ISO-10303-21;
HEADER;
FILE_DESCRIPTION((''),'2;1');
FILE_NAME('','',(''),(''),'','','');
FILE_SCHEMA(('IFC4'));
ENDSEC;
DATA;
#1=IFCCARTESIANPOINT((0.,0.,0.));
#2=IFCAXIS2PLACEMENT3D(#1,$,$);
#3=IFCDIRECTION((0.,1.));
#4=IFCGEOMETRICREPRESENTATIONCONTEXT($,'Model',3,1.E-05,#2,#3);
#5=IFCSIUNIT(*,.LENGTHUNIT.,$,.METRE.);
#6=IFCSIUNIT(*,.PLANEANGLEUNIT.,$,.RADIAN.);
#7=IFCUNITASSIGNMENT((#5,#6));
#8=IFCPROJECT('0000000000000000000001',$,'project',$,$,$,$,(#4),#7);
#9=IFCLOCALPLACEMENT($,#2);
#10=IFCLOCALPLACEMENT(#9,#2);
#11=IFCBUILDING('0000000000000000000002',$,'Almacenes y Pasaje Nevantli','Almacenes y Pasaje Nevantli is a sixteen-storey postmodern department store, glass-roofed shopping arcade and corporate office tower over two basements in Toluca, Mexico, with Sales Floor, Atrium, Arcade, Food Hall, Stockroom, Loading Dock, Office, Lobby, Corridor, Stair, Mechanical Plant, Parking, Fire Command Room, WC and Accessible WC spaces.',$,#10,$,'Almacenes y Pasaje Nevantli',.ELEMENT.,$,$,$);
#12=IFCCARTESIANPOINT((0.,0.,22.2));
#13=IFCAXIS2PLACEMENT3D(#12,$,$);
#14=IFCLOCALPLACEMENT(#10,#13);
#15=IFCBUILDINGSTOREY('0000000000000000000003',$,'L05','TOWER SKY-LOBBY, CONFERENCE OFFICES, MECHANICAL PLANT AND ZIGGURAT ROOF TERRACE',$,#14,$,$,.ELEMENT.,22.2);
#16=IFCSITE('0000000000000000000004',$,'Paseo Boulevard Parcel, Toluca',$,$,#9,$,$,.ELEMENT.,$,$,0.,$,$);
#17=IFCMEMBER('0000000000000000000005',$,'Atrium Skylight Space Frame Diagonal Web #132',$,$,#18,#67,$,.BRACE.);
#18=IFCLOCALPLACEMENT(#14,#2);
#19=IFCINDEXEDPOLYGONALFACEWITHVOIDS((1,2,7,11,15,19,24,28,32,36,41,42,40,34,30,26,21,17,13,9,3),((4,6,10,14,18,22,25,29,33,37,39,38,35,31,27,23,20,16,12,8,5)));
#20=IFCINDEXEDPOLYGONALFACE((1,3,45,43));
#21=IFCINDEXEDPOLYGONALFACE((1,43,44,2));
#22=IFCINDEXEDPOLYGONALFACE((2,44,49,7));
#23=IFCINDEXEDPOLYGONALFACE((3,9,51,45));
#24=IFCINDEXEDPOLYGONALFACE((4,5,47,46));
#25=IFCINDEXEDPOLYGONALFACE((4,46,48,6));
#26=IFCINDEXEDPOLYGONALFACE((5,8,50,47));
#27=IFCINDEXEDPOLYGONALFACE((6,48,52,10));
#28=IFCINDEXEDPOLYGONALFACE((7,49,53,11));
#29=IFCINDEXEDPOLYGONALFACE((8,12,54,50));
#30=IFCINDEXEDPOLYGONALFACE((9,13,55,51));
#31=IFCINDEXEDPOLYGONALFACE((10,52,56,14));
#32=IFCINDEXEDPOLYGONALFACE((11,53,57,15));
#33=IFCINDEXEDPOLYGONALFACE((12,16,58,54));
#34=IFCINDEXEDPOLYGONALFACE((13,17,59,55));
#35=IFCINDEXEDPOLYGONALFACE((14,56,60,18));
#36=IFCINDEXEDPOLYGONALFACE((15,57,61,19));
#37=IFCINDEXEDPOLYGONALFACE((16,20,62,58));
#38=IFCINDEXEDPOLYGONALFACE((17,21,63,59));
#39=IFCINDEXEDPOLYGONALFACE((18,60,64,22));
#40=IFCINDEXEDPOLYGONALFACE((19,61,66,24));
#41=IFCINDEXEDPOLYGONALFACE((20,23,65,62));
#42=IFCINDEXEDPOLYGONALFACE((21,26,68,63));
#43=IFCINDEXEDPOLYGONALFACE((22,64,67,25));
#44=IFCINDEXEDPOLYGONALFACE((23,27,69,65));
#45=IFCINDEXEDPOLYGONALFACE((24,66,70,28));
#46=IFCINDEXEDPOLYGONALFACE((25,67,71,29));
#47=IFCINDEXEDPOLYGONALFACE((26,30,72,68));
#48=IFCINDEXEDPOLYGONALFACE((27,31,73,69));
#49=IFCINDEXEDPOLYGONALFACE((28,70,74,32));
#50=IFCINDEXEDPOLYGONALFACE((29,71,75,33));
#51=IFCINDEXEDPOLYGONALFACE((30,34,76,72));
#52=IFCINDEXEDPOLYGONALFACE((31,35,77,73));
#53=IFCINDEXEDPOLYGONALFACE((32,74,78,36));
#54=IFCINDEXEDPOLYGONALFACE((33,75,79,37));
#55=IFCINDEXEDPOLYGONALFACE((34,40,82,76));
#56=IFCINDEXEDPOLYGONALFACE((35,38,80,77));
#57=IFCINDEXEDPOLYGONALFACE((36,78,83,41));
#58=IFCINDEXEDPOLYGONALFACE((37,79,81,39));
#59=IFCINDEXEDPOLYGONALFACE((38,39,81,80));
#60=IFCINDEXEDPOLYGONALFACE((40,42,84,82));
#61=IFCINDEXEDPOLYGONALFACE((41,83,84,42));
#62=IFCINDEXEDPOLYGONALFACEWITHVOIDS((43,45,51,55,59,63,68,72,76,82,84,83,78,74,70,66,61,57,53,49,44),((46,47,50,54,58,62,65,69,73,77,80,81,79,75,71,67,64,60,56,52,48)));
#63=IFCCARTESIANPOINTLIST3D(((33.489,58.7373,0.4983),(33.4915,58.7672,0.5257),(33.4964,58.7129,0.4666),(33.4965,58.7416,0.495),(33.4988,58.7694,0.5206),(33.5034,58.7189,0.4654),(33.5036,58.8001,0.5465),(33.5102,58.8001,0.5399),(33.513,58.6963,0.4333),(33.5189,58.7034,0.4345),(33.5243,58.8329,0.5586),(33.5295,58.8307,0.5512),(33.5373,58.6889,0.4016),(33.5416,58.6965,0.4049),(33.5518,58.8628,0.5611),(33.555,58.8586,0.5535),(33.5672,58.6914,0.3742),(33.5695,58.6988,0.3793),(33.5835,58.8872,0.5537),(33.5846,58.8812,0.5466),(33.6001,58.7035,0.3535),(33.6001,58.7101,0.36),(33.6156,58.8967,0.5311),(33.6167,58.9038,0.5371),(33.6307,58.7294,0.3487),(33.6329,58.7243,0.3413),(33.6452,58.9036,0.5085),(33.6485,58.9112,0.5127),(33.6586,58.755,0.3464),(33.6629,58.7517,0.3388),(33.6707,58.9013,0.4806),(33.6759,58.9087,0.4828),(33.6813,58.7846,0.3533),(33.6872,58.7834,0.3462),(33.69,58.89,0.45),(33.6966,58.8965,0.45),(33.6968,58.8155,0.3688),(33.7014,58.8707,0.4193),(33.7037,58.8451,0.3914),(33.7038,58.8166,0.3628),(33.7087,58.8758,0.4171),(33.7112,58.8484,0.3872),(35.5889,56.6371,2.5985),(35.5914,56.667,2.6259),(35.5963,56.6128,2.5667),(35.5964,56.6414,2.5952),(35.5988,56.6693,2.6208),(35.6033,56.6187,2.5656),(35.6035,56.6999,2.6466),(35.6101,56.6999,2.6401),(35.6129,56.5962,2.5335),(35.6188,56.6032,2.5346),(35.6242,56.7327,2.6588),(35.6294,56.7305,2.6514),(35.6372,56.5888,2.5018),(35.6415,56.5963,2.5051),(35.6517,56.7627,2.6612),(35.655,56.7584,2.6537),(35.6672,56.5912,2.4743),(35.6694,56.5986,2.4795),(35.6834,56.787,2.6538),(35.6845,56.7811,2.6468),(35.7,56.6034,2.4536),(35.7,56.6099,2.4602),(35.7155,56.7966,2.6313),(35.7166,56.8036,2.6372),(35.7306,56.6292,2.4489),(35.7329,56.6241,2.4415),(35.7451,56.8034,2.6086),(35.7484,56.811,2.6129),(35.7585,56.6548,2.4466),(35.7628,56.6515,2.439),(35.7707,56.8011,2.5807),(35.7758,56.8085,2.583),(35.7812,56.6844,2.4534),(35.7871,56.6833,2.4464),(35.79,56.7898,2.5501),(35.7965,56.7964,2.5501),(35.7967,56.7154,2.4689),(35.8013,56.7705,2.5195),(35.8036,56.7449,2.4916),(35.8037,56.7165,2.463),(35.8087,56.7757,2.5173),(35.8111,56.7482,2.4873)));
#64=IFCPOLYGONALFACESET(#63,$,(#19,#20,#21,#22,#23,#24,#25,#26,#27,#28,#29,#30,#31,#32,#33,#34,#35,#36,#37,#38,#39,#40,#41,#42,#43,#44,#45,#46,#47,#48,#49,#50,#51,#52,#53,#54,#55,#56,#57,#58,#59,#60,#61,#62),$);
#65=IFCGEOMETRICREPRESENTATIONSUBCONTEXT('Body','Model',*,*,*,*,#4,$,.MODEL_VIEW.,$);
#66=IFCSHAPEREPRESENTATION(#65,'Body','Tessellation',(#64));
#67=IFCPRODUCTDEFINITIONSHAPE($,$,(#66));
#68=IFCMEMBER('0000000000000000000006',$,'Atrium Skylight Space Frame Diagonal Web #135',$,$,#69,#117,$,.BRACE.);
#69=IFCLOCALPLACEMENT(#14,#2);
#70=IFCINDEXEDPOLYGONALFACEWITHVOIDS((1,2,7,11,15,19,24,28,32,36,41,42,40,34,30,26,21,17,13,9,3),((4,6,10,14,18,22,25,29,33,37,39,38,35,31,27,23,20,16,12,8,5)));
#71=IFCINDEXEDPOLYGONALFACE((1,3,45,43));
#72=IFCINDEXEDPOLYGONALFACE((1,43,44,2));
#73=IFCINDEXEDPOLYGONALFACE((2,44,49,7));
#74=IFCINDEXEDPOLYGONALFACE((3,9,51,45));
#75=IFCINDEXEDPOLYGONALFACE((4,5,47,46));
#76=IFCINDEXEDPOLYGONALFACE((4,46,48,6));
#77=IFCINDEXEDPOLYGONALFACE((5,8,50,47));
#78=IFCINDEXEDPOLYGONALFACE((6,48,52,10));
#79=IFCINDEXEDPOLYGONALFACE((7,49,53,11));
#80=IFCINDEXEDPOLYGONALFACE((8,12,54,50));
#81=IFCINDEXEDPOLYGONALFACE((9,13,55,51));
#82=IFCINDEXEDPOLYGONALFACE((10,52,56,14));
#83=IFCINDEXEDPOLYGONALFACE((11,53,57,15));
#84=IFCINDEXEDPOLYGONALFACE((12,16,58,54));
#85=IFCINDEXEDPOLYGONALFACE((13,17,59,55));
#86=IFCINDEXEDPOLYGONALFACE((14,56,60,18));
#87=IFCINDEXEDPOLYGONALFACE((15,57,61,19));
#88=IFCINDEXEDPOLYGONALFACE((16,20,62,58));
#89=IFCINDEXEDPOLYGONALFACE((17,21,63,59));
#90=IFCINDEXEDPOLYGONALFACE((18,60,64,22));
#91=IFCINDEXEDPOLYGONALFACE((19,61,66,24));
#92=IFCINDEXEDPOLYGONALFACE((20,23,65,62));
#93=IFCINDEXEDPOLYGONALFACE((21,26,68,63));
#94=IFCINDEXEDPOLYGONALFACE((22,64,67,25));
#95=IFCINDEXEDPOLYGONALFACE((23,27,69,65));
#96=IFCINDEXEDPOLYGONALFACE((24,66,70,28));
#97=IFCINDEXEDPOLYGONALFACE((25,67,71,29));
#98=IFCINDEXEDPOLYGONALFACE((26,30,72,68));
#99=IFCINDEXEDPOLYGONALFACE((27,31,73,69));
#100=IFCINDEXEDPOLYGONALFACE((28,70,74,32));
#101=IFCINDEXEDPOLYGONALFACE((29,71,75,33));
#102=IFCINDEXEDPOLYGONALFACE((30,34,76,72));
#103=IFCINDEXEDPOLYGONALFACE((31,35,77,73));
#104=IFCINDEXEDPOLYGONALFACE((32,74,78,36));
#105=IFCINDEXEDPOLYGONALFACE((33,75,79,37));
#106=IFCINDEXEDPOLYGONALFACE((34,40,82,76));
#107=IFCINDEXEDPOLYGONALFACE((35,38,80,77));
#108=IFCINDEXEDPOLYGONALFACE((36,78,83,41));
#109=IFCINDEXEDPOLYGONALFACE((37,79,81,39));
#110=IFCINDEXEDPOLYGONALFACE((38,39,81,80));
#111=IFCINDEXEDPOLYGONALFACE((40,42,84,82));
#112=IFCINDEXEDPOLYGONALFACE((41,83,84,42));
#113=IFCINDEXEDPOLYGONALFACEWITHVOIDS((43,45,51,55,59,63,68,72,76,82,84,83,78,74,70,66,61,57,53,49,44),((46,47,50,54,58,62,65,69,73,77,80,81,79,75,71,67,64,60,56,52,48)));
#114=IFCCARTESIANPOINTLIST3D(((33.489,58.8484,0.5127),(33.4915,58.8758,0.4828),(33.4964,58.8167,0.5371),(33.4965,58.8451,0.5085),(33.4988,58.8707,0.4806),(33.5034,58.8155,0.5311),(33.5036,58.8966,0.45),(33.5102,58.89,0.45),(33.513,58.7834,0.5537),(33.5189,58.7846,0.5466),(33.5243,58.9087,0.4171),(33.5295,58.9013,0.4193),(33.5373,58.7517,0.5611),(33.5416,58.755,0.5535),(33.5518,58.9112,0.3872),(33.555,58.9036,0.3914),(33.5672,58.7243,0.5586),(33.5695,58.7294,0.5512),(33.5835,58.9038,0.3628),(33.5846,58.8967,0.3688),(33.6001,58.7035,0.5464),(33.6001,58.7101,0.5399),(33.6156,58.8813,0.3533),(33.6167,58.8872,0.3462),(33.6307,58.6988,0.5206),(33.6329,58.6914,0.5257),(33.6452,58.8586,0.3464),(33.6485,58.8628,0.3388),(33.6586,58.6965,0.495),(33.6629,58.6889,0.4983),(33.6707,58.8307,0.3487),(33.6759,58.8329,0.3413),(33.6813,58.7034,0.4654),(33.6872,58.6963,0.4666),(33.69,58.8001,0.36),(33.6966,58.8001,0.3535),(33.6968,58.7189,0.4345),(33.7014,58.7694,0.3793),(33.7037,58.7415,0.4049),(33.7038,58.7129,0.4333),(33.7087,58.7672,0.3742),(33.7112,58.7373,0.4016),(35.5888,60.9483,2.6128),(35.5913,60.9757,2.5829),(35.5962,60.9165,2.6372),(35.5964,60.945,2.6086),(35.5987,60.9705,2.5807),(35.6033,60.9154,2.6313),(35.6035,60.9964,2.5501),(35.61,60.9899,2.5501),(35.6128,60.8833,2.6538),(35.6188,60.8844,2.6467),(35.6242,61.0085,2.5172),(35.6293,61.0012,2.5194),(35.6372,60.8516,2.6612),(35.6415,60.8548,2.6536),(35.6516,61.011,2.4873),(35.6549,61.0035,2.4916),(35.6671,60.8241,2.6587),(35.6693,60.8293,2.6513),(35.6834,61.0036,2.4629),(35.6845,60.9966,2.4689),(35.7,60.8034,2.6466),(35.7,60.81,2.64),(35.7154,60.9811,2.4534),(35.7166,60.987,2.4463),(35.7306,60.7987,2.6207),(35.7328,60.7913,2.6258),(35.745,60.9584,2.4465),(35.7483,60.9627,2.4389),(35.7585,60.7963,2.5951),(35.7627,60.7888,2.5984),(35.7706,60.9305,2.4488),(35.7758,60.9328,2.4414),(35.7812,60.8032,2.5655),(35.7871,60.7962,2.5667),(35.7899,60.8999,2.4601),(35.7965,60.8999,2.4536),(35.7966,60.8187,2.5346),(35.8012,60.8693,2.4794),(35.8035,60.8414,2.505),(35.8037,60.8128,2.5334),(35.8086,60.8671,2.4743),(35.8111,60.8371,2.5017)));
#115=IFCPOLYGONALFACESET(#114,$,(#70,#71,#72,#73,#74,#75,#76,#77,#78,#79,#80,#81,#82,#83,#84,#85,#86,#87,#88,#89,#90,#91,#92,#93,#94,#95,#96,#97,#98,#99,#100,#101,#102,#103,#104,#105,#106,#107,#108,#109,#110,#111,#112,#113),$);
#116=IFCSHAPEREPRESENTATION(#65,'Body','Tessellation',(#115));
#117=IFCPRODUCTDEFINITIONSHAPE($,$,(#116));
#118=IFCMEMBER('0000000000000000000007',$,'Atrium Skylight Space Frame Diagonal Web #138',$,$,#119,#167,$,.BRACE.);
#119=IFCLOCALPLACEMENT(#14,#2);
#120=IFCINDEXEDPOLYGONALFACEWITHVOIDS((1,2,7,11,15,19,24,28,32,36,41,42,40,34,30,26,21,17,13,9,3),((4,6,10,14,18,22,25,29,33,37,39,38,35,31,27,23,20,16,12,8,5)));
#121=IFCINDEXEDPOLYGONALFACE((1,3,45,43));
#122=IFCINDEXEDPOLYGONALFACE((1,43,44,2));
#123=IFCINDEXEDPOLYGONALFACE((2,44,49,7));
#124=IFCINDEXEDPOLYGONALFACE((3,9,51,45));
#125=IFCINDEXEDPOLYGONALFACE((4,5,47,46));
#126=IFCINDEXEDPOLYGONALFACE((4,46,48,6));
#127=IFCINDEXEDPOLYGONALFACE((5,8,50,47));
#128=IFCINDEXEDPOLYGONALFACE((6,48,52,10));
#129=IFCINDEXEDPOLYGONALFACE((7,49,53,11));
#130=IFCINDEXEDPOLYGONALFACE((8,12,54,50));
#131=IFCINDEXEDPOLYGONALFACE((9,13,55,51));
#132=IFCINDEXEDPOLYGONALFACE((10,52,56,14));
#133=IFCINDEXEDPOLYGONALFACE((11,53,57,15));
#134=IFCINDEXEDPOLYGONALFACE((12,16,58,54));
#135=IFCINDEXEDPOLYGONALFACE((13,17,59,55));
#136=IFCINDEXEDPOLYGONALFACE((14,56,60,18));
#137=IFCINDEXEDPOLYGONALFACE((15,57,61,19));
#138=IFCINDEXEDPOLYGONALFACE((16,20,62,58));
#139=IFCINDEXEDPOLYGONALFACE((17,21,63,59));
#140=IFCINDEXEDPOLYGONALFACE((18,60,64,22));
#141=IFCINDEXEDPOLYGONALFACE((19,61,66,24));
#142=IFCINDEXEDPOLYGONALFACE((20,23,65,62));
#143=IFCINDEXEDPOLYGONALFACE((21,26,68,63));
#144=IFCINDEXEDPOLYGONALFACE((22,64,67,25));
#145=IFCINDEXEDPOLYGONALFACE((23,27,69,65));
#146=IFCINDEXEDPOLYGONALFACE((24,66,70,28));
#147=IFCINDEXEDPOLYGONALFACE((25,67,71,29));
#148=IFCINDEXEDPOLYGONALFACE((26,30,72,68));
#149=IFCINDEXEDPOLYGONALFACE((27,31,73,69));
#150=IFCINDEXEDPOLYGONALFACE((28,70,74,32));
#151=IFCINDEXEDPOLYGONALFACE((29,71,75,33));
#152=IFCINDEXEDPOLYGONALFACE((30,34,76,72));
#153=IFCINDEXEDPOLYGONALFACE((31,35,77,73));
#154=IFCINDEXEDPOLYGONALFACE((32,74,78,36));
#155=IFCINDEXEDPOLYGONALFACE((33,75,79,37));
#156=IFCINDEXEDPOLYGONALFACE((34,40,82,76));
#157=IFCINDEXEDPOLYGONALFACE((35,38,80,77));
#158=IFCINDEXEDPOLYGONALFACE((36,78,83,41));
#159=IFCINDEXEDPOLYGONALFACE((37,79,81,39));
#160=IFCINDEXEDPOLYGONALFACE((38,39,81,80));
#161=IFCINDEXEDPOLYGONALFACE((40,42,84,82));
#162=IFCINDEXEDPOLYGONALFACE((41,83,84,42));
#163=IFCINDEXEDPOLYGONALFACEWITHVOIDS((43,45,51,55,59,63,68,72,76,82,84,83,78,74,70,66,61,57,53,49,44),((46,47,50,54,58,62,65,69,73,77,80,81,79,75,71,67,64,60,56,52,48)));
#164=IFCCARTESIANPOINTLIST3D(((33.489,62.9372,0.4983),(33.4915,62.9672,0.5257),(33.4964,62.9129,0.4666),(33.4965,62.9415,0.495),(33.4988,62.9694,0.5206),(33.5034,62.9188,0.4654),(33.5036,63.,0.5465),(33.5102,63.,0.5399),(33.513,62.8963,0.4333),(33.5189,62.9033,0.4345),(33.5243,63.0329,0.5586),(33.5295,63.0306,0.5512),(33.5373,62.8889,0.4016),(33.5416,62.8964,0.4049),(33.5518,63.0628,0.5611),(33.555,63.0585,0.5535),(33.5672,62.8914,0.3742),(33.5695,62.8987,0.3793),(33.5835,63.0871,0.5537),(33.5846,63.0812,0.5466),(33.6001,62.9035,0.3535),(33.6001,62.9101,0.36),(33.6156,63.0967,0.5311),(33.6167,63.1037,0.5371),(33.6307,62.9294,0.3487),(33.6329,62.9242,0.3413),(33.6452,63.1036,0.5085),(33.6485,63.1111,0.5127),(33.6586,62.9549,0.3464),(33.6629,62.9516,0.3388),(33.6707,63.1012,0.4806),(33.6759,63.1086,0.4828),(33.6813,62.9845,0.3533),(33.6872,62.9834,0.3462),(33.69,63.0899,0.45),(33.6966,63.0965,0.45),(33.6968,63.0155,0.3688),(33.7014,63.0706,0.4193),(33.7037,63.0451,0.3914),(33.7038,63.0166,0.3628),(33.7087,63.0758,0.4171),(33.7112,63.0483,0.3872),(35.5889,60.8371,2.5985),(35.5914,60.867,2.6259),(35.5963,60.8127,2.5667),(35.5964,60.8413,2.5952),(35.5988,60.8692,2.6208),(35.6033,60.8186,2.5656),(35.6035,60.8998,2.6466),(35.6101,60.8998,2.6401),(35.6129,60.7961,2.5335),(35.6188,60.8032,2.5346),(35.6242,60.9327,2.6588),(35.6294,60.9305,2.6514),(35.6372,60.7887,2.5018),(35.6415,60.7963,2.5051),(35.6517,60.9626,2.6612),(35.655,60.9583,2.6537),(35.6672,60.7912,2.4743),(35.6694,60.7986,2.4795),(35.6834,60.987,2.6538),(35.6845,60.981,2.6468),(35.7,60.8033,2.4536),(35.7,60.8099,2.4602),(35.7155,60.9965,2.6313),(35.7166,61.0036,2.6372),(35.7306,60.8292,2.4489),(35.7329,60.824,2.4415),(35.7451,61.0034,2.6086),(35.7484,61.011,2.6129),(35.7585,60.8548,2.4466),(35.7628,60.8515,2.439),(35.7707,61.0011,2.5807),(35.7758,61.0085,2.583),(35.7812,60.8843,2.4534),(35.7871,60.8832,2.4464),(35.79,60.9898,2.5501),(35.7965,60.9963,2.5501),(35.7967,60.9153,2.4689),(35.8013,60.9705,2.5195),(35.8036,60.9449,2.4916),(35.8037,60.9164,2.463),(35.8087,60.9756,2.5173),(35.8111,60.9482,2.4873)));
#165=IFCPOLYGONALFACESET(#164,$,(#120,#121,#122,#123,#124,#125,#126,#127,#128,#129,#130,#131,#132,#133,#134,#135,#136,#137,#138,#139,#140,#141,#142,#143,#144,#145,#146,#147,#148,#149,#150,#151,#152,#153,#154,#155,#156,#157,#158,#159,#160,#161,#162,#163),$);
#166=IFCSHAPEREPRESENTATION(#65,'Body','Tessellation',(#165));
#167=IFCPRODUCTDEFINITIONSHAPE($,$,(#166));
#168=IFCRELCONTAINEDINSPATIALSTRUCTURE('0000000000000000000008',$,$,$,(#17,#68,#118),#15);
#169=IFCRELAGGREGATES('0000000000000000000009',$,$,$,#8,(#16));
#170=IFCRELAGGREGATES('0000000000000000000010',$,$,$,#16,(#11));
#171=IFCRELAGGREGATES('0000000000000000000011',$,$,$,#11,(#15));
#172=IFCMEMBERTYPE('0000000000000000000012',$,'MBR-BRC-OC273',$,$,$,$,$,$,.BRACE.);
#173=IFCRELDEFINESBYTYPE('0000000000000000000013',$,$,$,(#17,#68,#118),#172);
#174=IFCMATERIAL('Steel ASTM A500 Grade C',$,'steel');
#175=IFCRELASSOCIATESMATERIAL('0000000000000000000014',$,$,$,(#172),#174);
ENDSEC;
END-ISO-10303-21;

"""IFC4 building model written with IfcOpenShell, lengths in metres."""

from ifc_helpers import new_model, si_unit, direction, frame, origin, origin_2d, place, context, subcontext, project, spatial, hollow_circle, extrude, material, material_profile, profile_set, type_object, element, save


model = new_model("IFC4")

# Units and contexts
model_context = context("Model", 3, precision=1e-05, world=origin(), true_north=direction((0.0, 1.0)))
body_context = subcontext(model_context, "Body", "Model", "MODEL_VIEW")
ifc_project = project(units=[si_unit("LENGTHUNIT", "METRE"), si_unit("PLANEANGLEUNIT", "RADIAN")], contexts=[model_context])

# Site, building, storey
site_placement = place(None, origin())
site = spatial("IfcSite", under=ifc_project, at=site_placement, Name="Paseo Boulevard Parcel, Toluca", CompositionType="ELEMENT", RefElevation=0.0)
building_placement = place(site_placement, origin())
building = spatial("IfcBuilding", under=site, at=building_placement, Name="Almacenes y Pasaje Nevantli", Description="Almacenes y Pasaje Nevantli is a sixteen-storey postmodern department store, glass-roofed shopping arcade and corporate office tower over two basements in Toluca, Mexico, with Sales Floor, Atrium, Arcade, Food Hall, Stockroom, Loading Dock, Office, Lobby, Corridor, Stair, Mechanical Plant, Parking, Fire Command Room, WC and Accessible WC spaces.", LongName="Almacenes y Pasaje Nevantli", CompositionType="ELEMENT")
storey_placement = place(building_placement, frame((0.0, 0.0, 22.2)))
storey = spatial("IfcBuildingStorey", under=building, at=storey_placement, Name="L05", Description="TOWER SKY-LOBBY, CONFERENCE OFFICES, MECHANICAL PLANT AND ZIGGURAT ROOF TERRACE", CompositionType="ELEMENT", Elevation=22.2)

# Members
ifc_material_1 = material(Name="Steel ASTM A500 Grade C", Category="steel")
ifc_material_profile_1 = material_profile(ifc_material_1, hollow_circle(Radius=0.1365, WallThickness=0.0093, at=origin_2d()), Name="OC 273x9.3")
ifc_profile_set_1 = profile_set([ifc_material_profile_1], Name="Steel ASTM A500 Grade C")
member_type_1 = type_object("IfcMemberType", Name="MBR-BRC-OC273", PredefinedType="BRACE", material=ifc_profile_set_1)
member_1_placement = place(storey_placement, frame((33.6001, 58.8, 0.45), z_axis=(0.577306, -0.577373, 0.577373), x_axis=(0.707148, 0.707066, 0.0)))
element("IfcMember", 1, at=member_1_placement, inside=storey, type_object=member_type_1, Name="Atrium Skylight Space Frame Diagonal Web #132", PredefinedType="BRACE", context=body_context, shape_type="SweptSolid", body=[
    extrude(hollow_circle(Radius=0.1365, WallThickness=0.0093, at=origin_2d()), origin(), (0.0, 0.0, 1.0), 3.6375),
])
member_2_placement = place(storey_placement, frame((33.6001, 58.8, 0.45), z_axis=(0.577328, 0.577328, 0.577395), x_axis=(-0.707107, 0.707107, 0.0)))
element("IfcMember", 2, at=member_2_placement, inside=storey, type_object=member_type_1, Name="Atrium Skylight Space Frame Diagonal Web #135", PredefinedType="BRACE", context=body_context, shape_type="SweptSolid", body=[
    extrude(hollow_circle(Radius=0.1365, WallThickness=0.0093, at=origin_2d()), origin(), (0.0, 0.0, 1.0), 3.6372),
])
for number, where, z_axis, x_axis, name in (
    (3, (33.6001, 63.0, 0.45), (0.577306, -0.577373, 0.577373), (0.707148, 0.707066, 0.0), "Atrium Skylight Space Frame Diagonal Web #138"),
):
    element("IfcMember", number, at=place(storey_placement, frame(where, z_axis=z_axis, x_axis=x_axis)), inside=storey, type_object=member_type_1, Name=name, PredefinedType="BRACE", context=body_context, shape_type="SweptSolid", body=[
        extrude(hollow_circle(Radius=0.1365, WallThickness=0.0093, at=origin_2d()), origin(), (0.0, 0.0, 1.0), 3.6375),
    ])

save(model, "model.ifc")
